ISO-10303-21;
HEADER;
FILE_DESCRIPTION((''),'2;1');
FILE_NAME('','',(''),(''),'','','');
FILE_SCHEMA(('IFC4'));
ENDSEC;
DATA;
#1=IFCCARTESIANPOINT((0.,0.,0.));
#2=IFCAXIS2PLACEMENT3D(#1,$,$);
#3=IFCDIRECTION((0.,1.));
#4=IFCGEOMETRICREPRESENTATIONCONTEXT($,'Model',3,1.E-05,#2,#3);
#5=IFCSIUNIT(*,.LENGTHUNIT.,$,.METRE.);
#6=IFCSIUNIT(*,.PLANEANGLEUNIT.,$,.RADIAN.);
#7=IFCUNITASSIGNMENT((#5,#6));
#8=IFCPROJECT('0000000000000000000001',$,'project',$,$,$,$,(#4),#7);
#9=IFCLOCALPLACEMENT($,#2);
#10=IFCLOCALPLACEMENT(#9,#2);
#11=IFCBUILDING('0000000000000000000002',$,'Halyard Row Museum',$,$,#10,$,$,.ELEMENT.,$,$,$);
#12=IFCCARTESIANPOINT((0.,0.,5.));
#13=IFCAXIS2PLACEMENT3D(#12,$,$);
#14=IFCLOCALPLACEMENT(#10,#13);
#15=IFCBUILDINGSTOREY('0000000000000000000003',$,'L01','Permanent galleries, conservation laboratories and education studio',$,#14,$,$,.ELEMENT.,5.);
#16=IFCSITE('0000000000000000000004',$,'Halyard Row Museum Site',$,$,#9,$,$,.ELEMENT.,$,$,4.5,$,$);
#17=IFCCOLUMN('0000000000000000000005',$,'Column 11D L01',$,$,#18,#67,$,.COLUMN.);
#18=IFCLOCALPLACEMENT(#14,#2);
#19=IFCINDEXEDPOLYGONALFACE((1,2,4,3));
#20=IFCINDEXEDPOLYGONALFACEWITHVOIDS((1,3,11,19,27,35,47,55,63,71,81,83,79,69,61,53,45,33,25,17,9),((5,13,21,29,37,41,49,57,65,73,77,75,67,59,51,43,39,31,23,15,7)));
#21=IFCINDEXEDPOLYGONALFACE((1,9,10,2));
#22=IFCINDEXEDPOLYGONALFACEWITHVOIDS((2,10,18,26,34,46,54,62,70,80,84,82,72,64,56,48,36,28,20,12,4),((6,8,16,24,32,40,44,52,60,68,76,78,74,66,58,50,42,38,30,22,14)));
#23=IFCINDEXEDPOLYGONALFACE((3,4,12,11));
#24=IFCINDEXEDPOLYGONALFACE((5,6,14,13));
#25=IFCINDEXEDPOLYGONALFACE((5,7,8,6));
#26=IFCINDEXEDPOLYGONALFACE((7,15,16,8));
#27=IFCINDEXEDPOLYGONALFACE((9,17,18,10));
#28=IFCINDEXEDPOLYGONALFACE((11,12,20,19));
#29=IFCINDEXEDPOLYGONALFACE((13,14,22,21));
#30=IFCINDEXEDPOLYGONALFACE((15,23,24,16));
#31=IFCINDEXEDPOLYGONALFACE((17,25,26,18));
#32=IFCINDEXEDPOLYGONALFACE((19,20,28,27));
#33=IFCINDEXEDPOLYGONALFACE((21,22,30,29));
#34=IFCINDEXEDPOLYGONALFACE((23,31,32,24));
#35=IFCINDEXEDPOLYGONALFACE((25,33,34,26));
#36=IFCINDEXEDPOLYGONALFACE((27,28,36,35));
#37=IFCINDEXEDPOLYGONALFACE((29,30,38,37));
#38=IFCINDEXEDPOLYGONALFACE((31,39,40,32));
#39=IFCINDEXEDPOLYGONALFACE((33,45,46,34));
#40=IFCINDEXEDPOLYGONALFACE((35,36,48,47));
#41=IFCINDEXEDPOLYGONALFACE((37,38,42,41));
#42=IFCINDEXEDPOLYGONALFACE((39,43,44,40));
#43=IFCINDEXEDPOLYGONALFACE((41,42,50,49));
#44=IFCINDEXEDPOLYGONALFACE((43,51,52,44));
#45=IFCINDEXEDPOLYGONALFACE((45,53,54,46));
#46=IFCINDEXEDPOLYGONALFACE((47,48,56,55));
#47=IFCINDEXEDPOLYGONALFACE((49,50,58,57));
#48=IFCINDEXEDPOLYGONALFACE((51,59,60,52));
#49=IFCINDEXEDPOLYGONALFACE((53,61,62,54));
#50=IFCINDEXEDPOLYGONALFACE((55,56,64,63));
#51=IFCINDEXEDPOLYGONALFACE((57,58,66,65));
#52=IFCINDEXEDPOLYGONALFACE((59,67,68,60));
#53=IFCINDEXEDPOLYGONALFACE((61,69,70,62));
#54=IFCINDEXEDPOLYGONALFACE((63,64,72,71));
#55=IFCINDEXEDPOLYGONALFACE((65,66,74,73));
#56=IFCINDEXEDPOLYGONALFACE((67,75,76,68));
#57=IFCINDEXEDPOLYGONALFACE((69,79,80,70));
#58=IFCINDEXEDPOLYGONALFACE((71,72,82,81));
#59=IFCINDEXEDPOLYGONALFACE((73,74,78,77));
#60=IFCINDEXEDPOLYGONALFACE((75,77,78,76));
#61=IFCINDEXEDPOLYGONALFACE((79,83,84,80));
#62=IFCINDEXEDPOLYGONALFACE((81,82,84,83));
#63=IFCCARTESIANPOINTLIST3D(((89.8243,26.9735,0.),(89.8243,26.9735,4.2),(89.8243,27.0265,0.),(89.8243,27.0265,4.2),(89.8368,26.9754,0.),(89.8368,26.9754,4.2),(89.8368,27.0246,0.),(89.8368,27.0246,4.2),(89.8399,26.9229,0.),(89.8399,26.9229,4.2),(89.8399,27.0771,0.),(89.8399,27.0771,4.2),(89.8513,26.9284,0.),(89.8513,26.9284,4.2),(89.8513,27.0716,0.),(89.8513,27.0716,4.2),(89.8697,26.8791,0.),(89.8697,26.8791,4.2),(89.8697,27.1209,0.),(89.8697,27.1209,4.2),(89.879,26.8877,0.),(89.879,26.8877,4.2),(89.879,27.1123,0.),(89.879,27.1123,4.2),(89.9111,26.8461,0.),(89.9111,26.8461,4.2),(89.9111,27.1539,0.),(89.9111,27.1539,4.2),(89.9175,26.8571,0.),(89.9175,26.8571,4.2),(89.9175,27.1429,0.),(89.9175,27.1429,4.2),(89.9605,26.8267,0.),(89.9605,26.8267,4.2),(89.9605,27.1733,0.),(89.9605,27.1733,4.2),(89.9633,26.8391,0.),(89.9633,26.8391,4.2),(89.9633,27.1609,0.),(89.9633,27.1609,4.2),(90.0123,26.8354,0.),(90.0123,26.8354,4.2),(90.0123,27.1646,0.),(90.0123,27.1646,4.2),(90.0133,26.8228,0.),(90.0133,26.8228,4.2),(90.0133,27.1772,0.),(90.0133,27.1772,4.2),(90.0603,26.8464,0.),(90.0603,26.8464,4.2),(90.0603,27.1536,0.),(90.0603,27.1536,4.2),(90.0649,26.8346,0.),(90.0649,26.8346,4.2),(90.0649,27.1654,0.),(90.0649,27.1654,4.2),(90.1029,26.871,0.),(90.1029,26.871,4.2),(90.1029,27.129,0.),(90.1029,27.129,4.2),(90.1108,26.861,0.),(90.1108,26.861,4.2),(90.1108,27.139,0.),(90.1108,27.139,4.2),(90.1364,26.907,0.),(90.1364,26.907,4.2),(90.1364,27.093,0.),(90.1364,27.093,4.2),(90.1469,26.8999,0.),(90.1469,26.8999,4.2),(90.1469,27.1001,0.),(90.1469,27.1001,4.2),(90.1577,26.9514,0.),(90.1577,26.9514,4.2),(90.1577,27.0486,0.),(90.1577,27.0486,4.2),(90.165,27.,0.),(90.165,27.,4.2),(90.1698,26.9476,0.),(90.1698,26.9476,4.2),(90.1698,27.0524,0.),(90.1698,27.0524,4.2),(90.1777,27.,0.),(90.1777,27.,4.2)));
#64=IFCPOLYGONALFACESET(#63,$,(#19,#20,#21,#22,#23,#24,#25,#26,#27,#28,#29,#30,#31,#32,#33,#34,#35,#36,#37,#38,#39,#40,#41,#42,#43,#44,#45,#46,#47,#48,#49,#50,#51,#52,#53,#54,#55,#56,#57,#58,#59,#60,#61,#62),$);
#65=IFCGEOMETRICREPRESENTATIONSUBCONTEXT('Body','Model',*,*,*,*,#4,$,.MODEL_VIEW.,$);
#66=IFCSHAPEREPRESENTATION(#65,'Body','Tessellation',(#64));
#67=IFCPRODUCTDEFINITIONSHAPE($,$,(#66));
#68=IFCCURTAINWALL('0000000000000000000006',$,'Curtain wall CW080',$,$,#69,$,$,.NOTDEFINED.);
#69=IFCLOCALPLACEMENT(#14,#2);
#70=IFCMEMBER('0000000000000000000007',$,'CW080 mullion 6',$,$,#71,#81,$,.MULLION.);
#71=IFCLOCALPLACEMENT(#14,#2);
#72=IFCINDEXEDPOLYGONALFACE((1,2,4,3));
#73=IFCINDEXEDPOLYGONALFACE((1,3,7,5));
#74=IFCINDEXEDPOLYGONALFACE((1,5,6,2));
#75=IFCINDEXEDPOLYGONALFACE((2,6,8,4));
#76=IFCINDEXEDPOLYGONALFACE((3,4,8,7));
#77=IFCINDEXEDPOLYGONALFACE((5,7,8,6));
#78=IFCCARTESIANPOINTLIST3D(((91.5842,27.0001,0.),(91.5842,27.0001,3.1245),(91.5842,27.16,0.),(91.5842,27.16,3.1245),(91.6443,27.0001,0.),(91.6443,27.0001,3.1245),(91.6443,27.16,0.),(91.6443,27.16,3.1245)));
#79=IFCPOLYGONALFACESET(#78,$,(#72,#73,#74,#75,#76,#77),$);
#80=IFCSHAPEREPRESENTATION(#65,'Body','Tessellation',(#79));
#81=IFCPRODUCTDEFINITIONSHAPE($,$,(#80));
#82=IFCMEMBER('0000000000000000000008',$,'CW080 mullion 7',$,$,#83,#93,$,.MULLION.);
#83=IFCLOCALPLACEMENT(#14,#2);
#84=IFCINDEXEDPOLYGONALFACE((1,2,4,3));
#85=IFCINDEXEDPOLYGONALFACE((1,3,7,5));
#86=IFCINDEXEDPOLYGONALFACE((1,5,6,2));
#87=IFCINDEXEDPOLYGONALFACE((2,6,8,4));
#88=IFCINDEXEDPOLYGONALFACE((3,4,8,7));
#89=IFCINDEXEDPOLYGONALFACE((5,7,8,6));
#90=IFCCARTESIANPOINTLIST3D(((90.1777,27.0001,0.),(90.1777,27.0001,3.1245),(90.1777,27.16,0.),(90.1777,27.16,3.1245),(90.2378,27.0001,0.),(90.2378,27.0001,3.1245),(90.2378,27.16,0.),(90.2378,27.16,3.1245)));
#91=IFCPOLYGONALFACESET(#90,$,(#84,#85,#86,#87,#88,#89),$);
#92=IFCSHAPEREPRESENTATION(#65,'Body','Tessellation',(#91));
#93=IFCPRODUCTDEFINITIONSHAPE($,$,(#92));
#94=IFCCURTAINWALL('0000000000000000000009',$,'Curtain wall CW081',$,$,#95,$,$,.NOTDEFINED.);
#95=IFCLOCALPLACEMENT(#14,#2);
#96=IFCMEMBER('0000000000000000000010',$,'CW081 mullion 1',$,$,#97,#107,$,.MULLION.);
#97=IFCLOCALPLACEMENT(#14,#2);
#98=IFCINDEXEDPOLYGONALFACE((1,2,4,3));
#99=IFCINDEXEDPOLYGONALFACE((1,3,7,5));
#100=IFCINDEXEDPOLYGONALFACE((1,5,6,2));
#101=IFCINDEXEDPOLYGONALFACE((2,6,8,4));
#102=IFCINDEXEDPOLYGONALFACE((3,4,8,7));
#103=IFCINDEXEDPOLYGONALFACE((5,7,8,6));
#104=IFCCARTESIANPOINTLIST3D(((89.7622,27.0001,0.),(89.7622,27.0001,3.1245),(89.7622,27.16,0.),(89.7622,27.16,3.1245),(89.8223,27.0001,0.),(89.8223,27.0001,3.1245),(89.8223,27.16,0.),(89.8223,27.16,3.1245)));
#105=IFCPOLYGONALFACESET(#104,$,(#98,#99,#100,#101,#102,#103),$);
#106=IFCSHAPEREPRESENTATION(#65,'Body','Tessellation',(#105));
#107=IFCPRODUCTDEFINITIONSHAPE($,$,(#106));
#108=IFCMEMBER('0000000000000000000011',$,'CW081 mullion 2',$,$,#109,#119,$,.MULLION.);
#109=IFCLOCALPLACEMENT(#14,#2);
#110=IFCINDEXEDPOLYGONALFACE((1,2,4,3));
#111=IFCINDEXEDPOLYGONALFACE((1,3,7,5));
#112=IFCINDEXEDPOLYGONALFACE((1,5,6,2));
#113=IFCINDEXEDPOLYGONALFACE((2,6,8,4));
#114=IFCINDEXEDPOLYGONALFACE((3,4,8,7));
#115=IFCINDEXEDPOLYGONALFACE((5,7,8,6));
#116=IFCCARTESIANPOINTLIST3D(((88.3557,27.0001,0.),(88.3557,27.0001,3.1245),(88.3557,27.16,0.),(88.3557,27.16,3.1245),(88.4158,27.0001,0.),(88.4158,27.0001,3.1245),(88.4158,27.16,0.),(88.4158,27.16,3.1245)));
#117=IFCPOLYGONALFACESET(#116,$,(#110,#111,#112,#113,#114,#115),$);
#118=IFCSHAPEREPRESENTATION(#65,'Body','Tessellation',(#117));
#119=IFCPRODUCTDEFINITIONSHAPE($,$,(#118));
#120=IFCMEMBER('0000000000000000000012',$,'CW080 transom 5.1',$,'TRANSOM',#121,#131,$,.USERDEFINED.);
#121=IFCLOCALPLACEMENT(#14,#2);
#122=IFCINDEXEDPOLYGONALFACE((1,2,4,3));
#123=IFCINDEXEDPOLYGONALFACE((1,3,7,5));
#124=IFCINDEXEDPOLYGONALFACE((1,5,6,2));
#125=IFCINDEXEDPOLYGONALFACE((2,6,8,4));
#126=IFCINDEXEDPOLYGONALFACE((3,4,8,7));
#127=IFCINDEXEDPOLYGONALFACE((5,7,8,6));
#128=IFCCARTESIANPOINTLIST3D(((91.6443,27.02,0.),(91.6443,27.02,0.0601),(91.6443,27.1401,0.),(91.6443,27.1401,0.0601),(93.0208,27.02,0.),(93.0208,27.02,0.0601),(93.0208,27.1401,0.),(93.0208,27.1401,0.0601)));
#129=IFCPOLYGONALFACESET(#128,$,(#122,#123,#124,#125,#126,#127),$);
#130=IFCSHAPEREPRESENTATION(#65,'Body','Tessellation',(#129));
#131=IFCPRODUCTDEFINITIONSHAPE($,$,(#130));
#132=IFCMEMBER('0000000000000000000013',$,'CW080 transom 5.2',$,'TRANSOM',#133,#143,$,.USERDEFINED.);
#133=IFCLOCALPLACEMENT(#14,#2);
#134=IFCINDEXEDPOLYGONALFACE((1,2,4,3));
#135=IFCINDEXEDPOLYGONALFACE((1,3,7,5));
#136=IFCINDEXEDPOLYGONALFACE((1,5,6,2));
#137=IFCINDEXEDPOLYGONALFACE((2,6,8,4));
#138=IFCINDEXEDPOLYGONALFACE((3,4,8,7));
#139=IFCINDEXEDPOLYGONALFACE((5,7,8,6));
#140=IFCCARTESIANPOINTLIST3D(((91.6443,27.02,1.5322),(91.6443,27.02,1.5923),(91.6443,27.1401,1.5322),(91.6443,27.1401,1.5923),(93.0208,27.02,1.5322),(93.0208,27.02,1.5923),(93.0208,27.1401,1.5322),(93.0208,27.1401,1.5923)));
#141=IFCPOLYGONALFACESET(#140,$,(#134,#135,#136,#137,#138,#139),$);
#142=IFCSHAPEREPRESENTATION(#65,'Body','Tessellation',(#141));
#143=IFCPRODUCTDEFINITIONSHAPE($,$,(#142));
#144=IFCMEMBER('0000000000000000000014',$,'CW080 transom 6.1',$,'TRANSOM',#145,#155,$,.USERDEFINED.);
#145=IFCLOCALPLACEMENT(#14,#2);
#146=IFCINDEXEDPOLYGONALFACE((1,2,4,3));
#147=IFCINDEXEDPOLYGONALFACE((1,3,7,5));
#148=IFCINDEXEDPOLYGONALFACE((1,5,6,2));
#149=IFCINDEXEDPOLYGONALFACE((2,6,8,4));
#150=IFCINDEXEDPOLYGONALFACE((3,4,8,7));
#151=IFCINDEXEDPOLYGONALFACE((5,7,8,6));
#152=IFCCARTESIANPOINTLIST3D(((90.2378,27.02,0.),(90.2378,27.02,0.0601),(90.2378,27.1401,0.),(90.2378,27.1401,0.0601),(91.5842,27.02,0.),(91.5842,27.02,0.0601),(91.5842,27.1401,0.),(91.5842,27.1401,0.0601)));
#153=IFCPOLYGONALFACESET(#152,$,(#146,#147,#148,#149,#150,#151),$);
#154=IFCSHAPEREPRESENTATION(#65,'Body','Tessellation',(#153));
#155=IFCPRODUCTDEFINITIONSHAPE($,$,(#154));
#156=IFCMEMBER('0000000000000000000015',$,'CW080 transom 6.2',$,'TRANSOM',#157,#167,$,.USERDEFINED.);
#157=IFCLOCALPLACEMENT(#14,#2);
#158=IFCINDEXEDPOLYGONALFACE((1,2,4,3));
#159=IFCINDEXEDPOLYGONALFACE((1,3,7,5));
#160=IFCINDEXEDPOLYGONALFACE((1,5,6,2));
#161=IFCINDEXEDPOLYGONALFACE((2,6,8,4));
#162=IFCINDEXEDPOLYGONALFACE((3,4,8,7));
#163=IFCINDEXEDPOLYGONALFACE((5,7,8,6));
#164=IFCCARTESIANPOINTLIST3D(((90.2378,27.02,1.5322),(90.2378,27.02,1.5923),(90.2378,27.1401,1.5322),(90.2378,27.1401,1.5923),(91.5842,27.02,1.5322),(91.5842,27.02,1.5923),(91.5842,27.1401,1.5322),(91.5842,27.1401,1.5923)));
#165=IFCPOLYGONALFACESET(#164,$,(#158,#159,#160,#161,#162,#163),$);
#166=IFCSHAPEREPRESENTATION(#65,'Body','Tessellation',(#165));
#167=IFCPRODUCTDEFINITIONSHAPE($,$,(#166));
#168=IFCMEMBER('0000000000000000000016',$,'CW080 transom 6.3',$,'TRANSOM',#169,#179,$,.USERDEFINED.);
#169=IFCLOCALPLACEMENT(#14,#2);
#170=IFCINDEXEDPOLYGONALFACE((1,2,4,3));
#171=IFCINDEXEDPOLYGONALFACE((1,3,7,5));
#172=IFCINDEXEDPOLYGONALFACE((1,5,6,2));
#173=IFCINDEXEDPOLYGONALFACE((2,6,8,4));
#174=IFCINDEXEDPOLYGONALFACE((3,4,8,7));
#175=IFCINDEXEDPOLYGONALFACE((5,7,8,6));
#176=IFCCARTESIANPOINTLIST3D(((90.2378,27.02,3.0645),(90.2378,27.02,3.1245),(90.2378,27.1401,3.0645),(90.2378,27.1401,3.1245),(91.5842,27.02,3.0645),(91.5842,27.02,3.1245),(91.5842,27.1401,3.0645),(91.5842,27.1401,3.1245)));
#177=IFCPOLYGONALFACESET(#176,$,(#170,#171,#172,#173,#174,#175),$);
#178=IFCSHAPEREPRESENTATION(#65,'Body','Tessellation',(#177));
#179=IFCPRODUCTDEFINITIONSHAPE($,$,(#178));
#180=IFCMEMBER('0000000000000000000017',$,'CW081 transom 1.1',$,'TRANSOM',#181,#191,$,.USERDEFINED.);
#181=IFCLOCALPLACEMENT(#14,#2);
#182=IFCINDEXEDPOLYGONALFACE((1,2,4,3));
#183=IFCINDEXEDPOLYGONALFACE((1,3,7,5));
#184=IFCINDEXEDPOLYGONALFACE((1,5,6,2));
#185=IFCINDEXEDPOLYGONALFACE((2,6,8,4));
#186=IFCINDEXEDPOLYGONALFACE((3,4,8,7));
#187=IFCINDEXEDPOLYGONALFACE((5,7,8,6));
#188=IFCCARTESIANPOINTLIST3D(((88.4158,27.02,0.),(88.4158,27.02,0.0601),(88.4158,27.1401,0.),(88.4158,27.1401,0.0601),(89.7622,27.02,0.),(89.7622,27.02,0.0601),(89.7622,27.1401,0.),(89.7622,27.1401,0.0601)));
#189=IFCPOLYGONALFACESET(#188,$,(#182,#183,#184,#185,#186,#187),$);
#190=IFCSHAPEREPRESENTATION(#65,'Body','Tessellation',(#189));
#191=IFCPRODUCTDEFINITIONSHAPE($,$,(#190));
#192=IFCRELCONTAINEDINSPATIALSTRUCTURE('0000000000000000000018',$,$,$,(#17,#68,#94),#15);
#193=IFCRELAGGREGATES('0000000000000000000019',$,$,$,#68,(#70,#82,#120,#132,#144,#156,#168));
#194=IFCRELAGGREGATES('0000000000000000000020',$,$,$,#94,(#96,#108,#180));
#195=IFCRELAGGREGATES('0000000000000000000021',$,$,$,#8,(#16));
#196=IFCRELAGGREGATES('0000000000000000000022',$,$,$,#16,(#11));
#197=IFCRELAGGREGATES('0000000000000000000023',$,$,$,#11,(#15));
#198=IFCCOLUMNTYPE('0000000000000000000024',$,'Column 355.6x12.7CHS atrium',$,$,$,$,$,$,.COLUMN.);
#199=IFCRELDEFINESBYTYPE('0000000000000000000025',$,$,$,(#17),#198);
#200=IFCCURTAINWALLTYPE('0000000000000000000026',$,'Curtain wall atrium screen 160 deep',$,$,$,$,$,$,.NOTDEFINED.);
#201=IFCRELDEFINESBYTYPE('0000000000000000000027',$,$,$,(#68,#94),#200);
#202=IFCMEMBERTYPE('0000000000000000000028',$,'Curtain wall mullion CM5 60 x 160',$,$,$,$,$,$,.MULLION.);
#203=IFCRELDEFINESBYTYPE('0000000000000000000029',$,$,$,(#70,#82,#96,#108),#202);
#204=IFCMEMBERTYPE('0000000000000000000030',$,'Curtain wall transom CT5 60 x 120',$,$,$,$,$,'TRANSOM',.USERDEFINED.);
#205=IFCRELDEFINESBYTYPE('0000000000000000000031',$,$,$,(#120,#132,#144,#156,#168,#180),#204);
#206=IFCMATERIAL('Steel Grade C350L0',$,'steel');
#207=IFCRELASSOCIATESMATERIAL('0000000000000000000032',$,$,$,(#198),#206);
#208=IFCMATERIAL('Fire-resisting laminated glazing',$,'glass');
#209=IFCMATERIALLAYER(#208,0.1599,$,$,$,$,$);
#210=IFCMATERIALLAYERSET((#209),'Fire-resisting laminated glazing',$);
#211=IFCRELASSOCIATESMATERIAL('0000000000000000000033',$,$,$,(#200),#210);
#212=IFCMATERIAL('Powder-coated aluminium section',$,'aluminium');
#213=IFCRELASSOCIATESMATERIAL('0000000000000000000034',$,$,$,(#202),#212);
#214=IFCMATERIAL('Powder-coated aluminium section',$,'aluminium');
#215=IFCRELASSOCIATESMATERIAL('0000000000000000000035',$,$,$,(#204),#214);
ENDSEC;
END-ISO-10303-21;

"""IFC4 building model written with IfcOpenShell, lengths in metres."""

from ifc_helpers import new_model, si_unit, direction, frame, origin, origin_2d, place, context, subcontext, project, spatial, rectangle, hollow_circle, extrude, material, layer, layer_set, material_profile, profile_set, type_object, element, aggregate, save


model = new_model("IFC4")

# Units and contexts
model_context = context("Model", 3, precision=1e-05, world=origin(), true_north=direction((0.0, 1.0)))
body_context = subcontext(model_context, "Body", "Model", "MODEL_VIEW")
ifc_project = project(units=[si_unit("LENGTHUNIT", "METRE"), si_unit("PLANEANGLEUNIT", "RADIAN")], contexts=[model_context])

# Site, building, storey
site_placement = place(None, origin())
site = spatial("IfcSite", under=ifc_project, at=site_placement, Name="Halyard Row Museum Site", CompositionType="ELEMENT", RefElevation=4.5)
building_placement = place(site_placement, origin())
building = spatial("IfcBuilding", under=site, at=building_placement, Name="Halyard Row Museum", CompositionType="ELEMENT")
storey_placement = place(building_placement, frame((0.0, 0.0, 5.0)))
storey = spatial("IfcBuildingStorey", under=building, at=storey_placement, Name="L01", Description="Permanent galleries, conservation laboratories and education studio", CompositionType="ELEMENT", Elevation=5.0)

# Column
ifc_material_1 = material(Name="Steel Grade C350L0", Category="steel")
ifc_material_profile_1 = material_profile(ifc_material_1, hollow_circle(Radius=0.1777, WallThickness=0.0127, at=origin_2d()), Name="355.6x12.7CHS")
ifc_profile_set_1 = profile_set([ifc_material_profile_1], Name="Steel Grade C350L0")
column_type = type_object("IfcColumnType", Name="Column 355.6x12.7CHS atrium", PredefinedType="COLUMN", material=ifc_profile_set_1)
column_placement = place(storey_placement, frame((90.0, 27.0, 0.0), z_axis=(0.0, 0.0, 1.0), x_axis=(1.0, 0.0, 0.0)))
element("IfcColumn", 1, at=column_placement, inside=storey, type_object=column_type, Name="Column 11D L01", PredefinedType="COLUMN", context=body_context, shape_type="SweptSolid", body=[
    extrude(hollow_circle(Radius=0.1777, WallThickness=0.0127, at=origin_2d()), origin(), (0.0, 0.0, 1.0), 4.2),
])

# Curtain walls, members
ifc_material_2 = material(Name="Fire-resisting laminated glazing", Category="glass")
ifc_layer_1 = layer(ifc_material_2, 0.1599)
ifc_layer_set_1 = layer_set([ifc_layer_1], Name="Fire-resisting laminated glazing")
curtain_wall_type = type_object("IfcCurtainWallType", Name="Curtain wall atrium screen 160 deep", PredefinedType="NOTDEFINED", material=ifc_layer_set_1)
curtain_wall_1_placement = place(storey_placement, origin())
curtain_wall_1 = element("IfcCurtainWall", 2, at=curtain_wall_1_placement, inside=storey, type_object=curtain_wall_type, Name="Curtain wall CW080", PredefinedType="NOTDEFINED")
ifc_material_3 = material(Name="Powder-coated aluminium section", Category="aluminium")
ifc_material_profile_2 = material_profile(ifc_material_3, rectangle(XDim=0.1599, YDim=0.0601, at=origin_2d()), Name="160x60 mullion")
ifc_profile_set_2 = profile_set([ifc_material_profile_2], Name="Powder-coated aluminium section")
member_type_1 = type_object("IfcMemberType", Name="Curtain wall mullion CM5 60 x 160", PredefinedType="MULLION", material=ifc_profile_set_2)
member_1_placement = place(storey_placement, frame((91.6143, 27.0801, 0.0), z_axis=(0.0, 0.0, 1.0), x_axis=(0.0, -1.0, 0.0)))
member_1 = element("IfcMember", 3, at=member_1_placement, type_object=member_type_1, Name="CW080 mullion 6", PredefinedType="MULLION", context=body_context, shape_type="SweptSolid", body=[
    extrude(rectangle(XDim=0.1599, YDim=0.0601, at=origin_2d()), origin(), (0.0, 0.0, 1.0), 3.1245),
])
member_2_placement = place(storey_placement, frame((90.2078, 27.0801, 0.0), z_axis=(0.0, 0.0, 1.0), x_axis=(0.0, -1.0, 0.0)))
member_2 = element("IfcMember", 4, at=member_2_placement, type_object=member_type_1, Name="CW080 mullion 7", PredefinedType="MULLION", context=body_context, shape_type="SweptSolid", body=[
    extrude(rectangle(XDim=0.1599, YDim=0.0601, at=origin_2d()), origin(), (0.0, 0.0, 1.0), 3.1245),
])
curtain_wall_2_placement = place(storey_placement, origin())
curtain_wall_2 = element("IfcCurtainWall", 5, at=curtain_wall_2_placement, inside=storey, type_object=curtain_wall_type, Name="Curtain wall CW081", PredefinedType="NOTDEFINED")
member_3_placement = place(storey_placement, frame((89.7922, 27.0801, 0.0), z_axis=(0.0, 0.0, 1.0), x_axis=(0.0, -1.0, 0.0)))
member_3 = element("IfcMember", 6, at=member_3_placement, type_object=member_type_1, Name="CW081 mullion 1", PredefinedType="MULLION", context=body_context, shape_type="SweptSolid", body=[
    extrude(rectangle(XDim=0.1599, YDim=0.0601, at=origin_2d()), origin(), (0.0, 0.0, 1.0), 3.1245),
])
member_4_placement = place(storey_placement, frame((88.3857, 27.0801, 0.0), z_axis=(0.0, 0.0, 1.0), x_axis=(0.0, -1.0, 0.0)))
member_4 = element("IfcMember", 7, at=member_4_placement, type_object=member_type_1, Name="CW081 mullion 2", PredefinedType="MULLION", context=body_context, shape_type="SweptSolid", body=[
    extrude(rectangle(XDim=0.1599, YDim=0.0601, at=origin_2d()), origin(), (0.0, 0.0, 1.0), 3.1245),
])

# Members
ifc_material_4 = material(Name="Powder-coated aluminium section", Category="aluminium")
ifc_material_profile_3 = material_profile(ifc_material_4, rectangle(XDim=0.1201, YDim=0.0601, at=origin_2d()), Name="120x60 transom")
ifc_profile_set_3 = profile_set([ifc_material_profile_3], Name="Powder-coated aluminium section")
member_type_2 = type_object("IfcMemberType", Name="Curtain wall transom CT5 60 x 120", ElementType="TRANSOM", PredefinedType="USERDEFINED", material=ifc_profile_set_3)
member_5_placement = place(storey_placement, frame((93.0208, 27.0801, 0.03), z_axis=(-1.0, 0.0, 0.0), x_axis=(0.0, -1.0, 0.0)))
member_5 = element("IfcMember", 8, at=member_5_placement, type_object=member_type_2, Name="CW080 transom 5.1", ObjectType="TRANSOM", PredefinedType="USERDEFINED", context=body_context, shape_type="SweptSolid", body=[
    extrude(rectangle(XDim=0.1201, YDim=0.0601, at=origin_2d()), origin(), (0.0, 0.0, 1.0), 1.3765),
])
member_6_placement = place(storey_placement, frame((93.0208, 27.0801, 1.5623), z_axis=(-1.0, 0.0, 0.0), x_axis=(0.0, -1.0, 0.0)))
member_6 = element("IfcMember", 9, at=member_6_placement, type_object=member_type_2, Name="CW080 transom 5.2", ObjectType="TRANSOM", PredefinedType="USERDEFINED", context=body_context, shape_type="SweptSolid", body=[
    extrude(rectangle(XDim=0.1201, YDim=0.0601, at=origin_2d()), origin(), (0.0, 0.0, 1.0), 1.3765),
])
member_7_placement = place(storey_placement, frame((91.5842, 27.0801, 0.03), z_axis=(-1.0, 0.0, 0.0), x_axis=(0.0, -1.0, 0.0)))
member_7 = element("IfcMember", 10, at=member_7_placement, type_object=member_type_2, Name="CW080 transom 6.1", ObjectType="TRANSOM", PredefinedType="USERDEFINED", context=body_context, shape_type="SweptSolid", body=[
    extrude(rectangle(XDim=0.1201, YDim=0.0601, at=origin_2d()), origin(), (0.0, 0.0, 1.0), 1.3464),
])
member_8_placement = place(storey_placement, frame((91.5842, 27.0801, 1.5623), z_axis=(-1.0, 0.0, 0.0), x_axis=(0.0, -1.0, 0.0)))
member_8 = element("IfcMember", 11, at=member_8_placement, type_object=member_type_2, Name="CW080 transom 6.2", ObjectType="TRANSOM", PredefinedType="USERDEFINED", context=body_context, shape_type="SweptSolid", body=[
    extrude(rectangle(XDim=0.1201, YDim=0.0601, at=origin_2d()), origin(), (0.0, 0.0, 1.0), 1.3464),
])
member_9_placement = place(storey_placement, frame((91.5842, 27.0801, 3.0945), z_axis=(-1.0, 0.0, 0.0), x_axis=(0.0, -1.0, 0.0)))
member_9 = element("IfcMember", 12, at=member_9_placement, type_object=member_type_2, Name="CW080 transom 6.3", ObjectType="TRANSOM", PredefinedType="USERDEFINED", context=body_context, shape_type="SweptSolid", body=[
    extrude(rectangle(XDim=0.1201, YDim=0.0601, at=origin_2d()), origin(), (0.0, 0.0, 1.0), 1.3464),
])
member_10_placement = place(storey_placement, frame((89.7622, 27.0801, 0.03), z_axis=(-1.0, 0.0, 0.0), x_axis=(0.0, -1.0, 0.0)))
member_10 = element("IfcMember", 13, at=member_10_placement, type_object=member_type_2, Name="CW081 transom 1.1", ObjectType="TRANSOM", PredefinedType="USERDEFINED", context=body_context, shape_type="SweptSolid", body=[
    extrude(rectangle(XDim=0.1201, YDim=0.0601, at=origin_2d()), origin(), (0.0, 0.0, 1.0), 1.3464),
])

aggregate(curtain_wall_1, [member_1, member_2, member_5, member_6, member_7, member_8, member_9])
aggregate(curtain_wall_2, [member_3, member_4, member_10])

save(model, "model.ifc")
